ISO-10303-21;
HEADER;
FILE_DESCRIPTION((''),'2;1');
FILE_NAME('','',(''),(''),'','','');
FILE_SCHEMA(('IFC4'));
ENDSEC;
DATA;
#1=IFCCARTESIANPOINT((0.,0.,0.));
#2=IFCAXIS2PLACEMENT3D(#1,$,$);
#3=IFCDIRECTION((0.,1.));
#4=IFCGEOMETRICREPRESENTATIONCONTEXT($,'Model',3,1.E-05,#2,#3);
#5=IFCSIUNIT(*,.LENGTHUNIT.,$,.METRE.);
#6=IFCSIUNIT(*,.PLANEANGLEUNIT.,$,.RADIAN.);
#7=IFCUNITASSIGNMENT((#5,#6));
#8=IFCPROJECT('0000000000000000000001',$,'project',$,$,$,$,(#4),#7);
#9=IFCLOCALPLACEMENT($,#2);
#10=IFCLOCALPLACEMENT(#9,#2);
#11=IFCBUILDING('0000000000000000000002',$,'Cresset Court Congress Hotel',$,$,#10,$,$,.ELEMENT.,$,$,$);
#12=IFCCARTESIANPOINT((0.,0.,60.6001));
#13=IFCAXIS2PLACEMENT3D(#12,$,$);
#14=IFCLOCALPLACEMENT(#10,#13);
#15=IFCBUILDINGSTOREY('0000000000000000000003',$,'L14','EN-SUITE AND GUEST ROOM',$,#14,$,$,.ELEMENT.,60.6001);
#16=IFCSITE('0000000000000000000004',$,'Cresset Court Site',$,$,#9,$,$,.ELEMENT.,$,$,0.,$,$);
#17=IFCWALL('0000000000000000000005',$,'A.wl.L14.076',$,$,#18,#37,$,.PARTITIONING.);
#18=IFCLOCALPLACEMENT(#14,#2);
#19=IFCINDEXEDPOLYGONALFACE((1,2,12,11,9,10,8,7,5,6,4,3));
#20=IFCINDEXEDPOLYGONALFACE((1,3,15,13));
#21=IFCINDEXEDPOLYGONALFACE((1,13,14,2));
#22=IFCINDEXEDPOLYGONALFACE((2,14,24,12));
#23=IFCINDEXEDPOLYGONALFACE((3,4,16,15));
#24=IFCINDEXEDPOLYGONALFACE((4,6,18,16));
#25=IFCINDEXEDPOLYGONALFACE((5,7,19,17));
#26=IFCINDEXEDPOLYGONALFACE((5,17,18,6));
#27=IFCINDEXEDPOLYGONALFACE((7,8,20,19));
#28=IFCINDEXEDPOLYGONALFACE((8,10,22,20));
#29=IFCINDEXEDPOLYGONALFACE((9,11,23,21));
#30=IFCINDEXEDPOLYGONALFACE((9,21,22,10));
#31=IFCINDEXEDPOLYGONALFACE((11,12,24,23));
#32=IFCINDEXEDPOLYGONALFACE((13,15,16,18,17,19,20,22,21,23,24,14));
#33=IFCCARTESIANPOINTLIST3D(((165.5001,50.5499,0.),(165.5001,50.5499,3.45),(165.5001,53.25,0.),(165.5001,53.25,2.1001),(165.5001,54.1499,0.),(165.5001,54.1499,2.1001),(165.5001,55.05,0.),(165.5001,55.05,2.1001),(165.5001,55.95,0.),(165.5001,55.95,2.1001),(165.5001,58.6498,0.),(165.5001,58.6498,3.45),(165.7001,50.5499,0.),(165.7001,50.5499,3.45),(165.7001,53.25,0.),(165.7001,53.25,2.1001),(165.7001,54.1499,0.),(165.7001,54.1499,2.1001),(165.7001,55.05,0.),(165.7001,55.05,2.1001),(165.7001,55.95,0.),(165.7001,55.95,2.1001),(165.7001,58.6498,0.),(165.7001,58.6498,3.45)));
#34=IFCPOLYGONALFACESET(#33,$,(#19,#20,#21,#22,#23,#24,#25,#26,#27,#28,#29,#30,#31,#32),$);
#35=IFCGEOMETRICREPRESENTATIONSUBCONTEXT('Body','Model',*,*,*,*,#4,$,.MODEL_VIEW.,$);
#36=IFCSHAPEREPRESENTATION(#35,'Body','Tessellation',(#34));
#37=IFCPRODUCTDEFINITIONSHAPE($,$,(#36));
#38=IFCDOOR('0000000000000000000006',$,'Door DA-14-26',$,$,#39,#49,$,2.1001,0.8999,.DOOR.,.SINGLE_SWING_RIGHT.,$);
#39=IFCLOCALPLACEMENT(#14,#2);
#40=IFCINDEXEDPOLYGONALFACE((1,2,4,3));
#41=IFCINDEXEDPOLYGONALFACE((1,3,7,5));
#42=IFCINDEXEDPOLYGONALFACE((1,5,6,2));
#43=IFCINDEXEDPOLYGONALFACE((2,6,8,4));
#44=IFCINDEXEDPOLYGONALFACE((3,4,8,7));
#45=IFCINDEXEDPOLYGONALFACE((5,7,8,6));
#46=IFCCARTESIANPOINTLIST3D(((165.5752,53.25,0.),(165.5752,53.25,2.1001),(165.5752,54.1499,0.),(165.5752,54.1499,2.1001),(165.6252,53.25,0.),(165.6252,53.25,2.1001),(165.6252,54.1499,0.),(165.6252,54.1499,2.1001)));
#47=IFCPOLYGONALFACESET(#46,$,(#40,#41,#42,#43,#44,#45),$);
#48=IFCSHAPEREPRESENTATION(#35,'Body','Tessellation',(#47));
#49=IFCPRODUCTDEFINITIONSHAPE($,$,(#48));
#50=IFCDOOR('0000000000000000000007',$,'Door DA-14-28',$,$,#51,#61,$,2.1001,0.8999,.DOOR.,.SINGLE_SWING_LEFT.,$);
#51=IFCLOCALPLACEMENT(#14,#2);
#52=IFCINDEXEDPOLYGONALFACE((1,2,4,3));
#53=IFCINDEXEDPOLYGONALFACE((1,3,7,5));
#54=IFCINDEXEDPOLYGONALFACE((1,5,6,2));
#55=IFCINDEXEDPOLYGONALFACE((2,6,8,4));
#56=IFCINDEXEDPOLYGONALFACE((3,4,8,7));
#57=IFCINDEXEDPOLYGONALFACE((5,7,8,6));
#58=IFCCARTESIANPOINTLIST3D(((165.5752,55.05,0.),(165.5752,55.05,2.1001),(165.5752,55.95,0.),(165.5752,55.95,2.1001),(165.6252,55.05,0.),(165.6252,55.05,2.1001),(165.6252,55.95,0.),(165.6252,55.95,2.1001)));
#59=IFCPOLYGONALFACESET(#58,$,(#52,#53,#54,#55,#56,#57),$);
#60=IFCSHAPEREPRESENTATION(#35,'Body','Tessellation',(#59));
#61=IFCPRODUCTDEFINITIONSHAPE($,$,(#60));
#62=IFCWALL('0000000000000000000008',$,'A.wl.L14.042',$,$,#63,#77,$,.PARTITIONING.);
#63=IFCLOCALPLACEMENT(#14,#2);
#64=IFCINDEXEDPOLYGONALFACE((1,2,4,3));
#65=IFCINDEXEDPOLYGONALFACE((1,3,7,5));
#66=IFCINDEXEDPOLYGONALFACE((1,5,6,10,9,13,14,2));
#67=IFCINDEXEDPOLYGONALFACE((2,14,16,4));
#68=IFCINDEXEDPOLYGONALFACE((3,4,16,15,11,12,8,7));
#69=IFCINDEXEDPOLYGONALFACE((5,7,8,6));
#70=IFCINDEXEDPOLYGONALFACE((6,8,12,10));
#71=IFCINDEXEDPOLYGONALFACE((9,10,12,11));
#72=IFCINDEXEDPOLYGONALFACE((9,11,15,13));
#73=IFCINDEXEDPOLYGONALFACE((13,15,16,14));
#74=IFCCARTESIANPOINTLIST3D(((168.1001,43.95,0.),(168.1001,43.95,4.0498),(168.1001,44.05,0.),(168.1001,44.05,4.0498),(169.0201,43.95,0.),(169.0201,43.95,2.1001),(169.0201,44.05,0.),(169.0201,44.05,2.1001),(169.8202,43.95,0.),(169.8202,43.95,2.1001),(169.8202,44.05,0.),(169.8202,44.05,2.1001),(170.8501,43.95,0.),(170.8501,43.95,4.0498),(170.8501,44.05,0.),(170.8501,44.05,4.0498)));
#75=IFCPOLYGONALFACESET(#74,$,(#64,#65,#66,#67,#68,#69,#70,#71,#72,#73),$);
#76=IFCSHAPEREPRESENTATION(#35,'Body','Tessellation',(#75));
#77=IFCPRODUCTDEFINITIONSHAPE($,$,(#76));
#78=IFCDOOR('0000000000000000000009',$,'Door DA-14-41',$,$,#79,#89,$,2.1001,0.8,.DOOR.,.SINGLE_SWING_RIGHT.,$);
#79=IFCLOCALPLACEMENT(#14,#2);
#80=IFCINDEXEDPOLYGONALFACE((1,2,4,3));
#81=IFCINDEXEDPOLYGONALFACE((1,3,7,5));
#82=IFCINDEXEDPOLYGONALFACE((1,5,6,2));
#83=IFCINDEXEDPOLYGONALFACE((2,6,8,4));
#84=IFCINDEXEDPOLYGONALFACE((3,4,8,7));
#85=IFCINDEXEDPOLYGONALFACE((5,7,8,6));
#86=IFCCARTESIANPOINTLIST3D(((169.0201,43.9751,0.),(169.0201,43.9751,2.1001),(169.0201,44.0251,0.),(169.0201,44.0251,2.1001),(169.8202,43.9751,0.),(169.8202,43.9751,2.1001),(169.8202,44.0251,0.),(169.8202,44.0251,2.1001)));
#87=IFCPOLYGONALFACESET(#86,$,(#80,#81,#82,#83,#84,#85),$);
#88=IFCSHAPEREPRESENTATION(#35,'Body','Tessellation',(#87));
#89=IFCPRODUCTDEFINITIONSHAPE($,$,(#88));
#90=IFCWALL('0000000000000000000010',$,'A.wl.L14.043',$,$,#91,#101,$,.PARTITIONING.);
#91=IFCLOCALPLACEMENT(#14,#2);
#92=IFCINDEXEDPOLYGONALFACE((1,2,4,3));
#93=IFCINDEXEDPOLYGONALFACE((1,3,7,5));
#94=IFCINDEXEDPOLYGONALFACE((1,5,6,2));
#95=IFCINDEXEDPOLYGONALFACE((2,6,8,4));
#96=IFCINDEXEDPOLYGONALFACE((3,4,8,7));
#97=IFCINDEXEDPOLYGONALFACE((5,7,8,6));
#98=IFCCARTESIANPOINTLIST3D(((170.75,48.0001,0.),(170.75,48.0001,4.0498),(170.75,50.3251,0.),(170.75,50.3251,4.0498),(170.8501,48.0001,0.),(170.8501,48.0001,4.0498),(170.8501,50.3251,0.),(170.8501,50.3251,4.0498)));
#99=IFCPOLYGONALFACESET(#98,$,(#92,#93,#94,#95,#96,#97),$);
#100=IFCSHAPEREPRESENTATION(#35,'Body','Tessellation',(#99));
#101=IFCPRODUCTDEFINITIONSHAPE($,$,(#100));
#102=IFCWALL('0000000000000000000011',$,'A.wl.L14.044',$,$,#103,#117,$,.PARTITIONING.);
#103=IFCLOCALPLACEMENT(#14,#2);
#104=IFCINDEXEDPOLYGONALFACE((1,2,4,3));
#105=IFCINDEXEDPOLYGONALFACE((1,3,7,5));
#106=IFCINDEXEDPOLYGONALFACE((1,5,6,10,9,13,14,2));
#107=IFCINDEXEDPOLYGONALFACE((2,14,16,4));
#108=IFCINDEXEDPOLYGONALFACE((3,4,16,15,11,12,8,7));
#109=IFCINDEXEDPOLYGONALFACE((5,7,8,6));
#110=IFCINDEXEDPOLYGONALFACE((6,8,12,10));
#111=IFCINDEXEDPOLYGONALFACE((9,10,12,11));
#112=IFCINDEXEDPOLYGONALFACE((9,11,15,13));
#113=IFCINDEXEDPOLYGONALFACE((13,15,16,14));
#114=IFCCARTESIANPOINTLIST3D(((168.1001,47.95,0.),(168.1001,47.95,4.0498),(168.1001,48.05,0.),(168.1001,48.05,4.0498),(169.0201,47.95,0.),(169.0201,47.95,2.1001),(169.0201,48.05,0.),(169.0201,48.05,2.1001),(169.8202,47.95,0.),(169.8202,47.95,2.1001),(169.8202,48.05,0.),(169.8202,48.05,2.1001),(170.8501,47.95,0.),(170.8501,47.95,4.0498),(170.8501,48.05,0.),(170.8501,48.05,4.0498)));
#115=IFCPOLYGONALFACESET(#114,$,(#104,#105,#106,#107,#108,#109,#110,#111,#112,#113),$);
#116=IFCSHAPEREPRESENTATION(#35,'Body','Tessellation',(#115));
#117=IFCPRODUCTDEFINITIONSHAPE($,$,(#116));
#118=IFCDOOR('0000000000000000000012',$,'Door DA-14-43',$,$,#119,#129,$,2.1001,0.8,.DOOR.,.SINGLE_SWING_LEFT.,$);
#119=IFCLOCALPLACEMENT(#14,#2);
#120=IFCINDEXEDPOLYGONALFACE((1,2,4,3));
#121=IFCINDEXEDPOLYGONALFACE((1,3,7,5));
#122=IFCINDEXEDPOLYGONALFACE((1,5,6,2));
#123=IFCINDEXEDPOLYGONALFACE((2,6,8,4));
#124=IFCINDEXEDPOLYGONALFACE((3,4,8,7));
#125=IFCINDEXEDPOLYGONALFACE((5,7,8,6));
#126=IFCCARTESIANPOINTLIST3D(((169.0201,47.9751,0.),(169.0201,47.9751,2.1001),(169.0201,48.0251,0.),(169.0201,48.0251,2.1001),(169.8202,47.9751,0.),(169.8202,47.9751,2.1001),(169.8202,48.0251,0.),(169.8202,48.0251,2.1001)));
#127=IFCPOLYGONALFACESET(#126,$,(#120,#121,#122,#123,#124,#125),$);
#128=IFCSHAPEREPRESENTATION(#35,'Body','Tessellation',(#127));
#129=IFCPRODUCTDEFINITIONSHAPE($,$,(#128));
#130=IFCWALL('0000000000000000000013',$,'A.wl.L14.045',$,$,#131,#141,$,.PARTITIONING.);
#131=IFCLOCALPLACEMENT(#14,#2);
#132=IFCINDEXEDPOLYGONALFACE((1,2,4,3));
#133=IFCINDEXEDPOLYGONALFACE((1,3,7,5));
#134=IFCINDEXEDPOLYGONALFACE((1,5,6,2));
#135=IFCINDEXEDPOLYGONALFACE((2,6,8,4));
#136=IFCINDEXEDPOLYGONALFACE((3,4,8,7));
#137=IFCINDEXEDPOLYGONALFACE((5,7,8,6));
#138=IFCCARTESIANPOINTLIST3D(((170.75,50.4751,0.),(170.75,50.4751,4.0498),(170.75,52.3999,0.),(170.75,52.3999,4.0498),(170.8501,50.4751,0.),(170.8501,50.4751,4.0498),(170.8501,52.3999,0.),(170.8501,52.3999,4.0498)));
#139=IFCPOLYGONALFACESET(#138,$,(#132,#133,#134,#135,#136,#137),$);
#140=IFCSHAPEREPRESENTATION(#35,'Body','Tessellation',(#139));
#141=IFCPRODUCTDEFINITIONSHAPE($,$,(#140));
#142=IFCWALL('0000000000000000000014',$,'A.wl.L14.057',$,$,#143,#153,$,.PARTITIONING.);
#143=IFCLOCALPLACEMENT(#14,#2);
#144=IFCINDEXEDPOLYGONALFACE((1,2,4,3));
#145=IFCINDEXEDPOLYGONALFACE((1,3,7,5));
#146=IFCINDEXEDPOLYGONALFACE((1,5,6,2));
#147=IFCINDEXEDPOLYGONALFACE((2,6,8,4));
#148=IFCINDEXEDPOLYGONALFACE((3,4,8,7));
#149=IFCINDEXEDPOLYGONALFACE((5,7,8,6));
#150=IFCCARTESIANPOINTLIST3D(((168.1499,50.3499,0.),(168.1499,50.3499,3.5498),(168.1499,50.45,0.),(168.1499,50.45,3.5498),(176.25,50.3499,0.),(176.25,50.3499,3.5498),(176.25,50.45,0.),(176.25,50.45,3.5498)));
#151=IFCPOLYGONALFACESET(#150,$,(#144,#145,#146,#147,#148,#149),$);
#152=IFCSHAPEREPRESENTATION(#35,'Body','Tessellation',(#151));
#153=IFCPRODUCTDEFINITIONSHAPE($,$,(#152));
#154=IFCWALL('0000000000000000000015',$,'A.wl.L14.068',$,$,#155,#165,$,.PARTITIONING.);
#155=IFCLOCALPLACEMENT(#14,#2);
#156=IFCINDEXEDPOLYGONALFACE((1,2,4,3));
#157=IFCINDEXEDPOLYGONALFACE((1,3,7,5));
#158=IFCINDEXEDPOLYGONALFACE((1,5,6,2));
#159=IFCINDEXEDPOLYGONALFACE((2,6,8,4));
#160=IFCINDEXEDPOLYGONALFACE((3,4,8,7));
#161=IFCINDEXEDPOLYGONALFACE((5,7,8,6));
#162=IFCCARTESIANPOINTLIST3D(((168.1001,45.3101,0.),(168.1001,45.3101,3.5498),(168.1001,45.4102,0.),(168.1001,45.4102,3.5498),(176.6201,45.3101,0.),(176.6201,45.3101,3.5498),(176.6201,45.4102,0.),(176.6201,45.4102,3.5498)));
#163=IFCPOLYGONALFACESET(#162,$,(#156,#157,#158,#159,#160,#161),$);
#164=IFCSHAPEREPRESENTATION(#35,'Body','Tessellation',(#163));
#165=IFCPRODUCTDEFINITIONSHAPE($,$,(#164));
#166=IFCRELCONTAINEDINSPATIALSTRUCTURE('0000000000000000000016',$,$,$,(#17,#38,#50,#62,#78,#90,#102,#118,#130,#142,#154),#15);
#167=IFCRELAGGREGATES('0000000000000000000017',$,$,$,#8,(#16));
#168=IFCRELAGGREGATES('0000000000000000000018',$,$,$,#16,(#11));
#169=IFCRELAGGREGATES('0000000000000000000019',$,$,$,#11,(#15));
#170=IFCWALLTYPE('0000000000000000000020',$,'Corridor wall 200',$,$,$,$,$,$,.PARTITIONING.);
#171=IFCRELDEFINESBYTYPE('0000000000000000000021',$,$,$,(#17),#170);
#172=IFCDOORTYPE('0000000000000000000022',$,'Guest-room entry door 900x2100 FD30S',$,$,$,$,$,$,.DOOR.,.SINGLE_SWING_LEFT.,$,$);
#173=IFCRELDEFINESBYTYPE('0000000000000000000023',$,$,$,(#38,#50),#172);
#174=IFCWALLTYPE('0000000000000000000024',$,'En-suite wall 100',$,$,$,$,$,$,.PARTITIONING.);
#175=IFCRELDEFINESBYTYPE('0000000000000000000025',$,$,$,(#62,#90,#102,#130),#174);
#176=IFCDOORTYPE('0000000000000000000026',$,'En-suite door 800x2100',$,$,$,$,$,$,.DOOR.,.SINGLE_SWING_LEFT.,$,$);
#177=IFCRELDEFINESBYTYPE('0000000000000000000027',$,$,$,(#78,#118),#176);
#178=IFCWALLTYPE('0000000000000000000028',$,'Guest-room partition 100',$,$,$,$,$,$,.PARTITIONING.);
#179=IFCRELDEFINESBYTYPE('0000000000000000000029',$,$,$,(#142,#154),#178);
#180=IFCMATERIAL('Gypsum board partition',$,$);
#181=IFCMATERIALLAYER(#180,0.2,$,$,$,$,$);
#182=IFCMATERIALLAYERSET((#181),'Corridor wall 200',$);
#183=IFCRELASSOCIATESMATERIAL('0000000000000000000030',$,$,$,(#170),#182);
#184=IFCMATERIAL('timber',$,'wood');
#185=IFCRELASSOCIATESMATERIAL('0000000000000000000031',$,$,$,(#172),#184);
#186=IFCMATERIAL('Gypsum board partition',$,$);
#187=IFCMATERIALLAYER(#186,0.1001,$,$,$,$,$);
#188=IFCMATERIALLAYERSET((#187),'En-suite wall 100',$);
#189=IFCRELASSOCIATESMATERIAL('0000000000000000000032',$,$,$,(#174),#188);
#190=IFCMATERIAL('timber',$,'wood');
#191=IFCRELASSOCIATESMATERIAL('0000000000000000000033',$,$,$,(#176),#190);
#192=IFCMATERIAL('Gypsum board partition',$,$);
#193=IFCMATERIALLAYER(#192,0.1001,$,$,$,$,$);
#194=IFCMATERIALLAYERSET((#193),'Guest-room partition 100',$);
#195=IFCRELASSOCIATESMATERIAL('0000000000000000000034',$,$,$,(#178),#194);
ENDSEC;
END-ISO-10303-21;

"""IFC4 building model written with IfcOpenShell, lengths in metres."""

from ifc_helpers import new_model, si_unit, direction, frame, frame_2d, origin, place, context, subcontext, project, spatial, rectangle, extrude, material, layer, layer_set, type_object, element, fill, save


model = new_model("IFC4")

# Units and contexts
model_context = context("Model", 3, precision=1e-05, world=origin(), true_north=direction((0.0, 1.0)))
body_context = subcontext(model_context, "Body", "Model", "MODEL_VIEW")
ifc_project = project(units=[si_unit("LENGTHUNIT", "METRE"), si_unit("PLANEANGLEUNIT", "RADIAN")], contexts=[model_context])

# Site, building, storey
site_placement = place(None, origin())
site = spatial("IfcSite", under=ifc_project, at=site_placement, Name="Cresset Court Site", CompositionType="ELEMENT", RefElevation=0.0)
building_placement = place(site_placement, origin())
building = spatial("IfcBuilding", under=site, at=building_placement, Name="Cresset Court Congress Hotel", CompositionType="ELEMENT")
storey_placement = place(building_placement, frame((0.0, 0.0, 60.6001)))
storey = spatial("IfcBuildingStorey", under=building, at=storey_placement, Name="L14", Description="EN-SUITE AND GUEST ROOM", CompositionType="ELEMENT", Elevation=60.6001)

# Wall, openings, doors
ifc_material_1 = material(Name="Gypsum board partition")
ifc_layer_1 = layer(ifc_material_1, 0.2)
ifc_layer_set_1 = layer_set([ifc_layer_1], Name="Corridor wall 200")
wall_type_1 = type_object("IfcWallType", Name="Corridor wall 200", PredefinedType="PARTITIONING", material=ifc_layer_set_1)
wall_1_placement = place(storey_placement, frame((165.6001, 50.55, 0.0), z_axis=(0.0, 0.0, 1.0), x_axis=(0.0, 1.0, 0.0)))
wall_1 = element("IfcWall", 1, at=wall_1_placement, inside=storey, type_object=wall_type_1, Name="A.wl.L14.076", PredefinedType="PARTITIONING", context=body_context, shape_type="SweptSolid", body=[
    extrude(rectangle(XDim=8.0999, YDim=0.2, at=frame_2d((4.0498, 0.0))), origin(), (0.0, 0.0, 1.0), 3.45),
])
opening_1_placement = place(wall_1_placement, frame((2.7, 0.0, 0.0)))
opening_1 = element("IfcOpeningElement", 2, at=opening_1_placement, cuts=wall_1, PredefinedType="OPENING", context=body_context, shape_type="SweptSolid", body=[
    extrude(rectangle(XDim=0.8999, YDim=2.1001, at=frame_2d((0.45, 1.05))), frame((0.0, 0.1099, 0.0), z_axis=(0.0, -1.0, 0.0), x_axis=(1.0, 0.0, 0.0)), (0.0, 0.0, 1.0), 0.22),
])
opening_2_placement = place(wall_1_placement, frame((4.5, 0.0, 0.0)))
opening_2 = element("IfcOpeningElement", 3, at=opening_2_placement, cuts=wall_1, PredefinedType="OPENING", context=body_context, shape_type="SweptSolid", body=[
    extrude(rectangle(XDim=0.8999, YDim=2.1001, at=frame_2d((0.45, 1.05))), frame((0.0, 0.1099, 0.0), z_axis=(0.0, -1.0, 0.0), x_axis=(1.0, 0.0, 0.0)), (0.0, 0.0, 1.0), 0.22),
])
ifc_material_2 = material(Name="timber", Category="wood")
door_type_1 = type_object("IfcDoorType", Name="Guest-room entry door 900x2100 FD30S", OperationType="SINGLE_SWING_LEFT", PredefinedType="DOOR", material=ifc_material_2)
door_1_placement = place(opening_1_placement, origin())
door_1 = element("IfcDoor", 4, at=door_1_placement, inside=storey, type_object=door_type_1, Name="Door DA-14-26", OperationType="SINGLE_SWING_RIGHT", OverallHeight=2.1001, OverallWidth=0.8999, PredefinedType="DOOR", context=body_context, shape_type="SweptSolid", body=[
    extrude(rectangle(XDim=0.8999, YDim=2.1001, at=frame_2d((0.45, 1.05))), frame((0.0, 0.0249, 0.0), z_axis=(0.0, -1.0, 0.0), x_axis=(1.0, 0.0, 0.0)), (0.0, 0.0, 1.0), 0.05),
])
fill(opening_1, door_1)
door_2_placement = place(opening_2_placement, origin())
door_2 = element("IfcDoor", 5, at=door_2_placement, inside=storey, type_object=door_type_1, Name="Door DA-14-28", OperationType="SINGLE_SWING_LEFT", OverallHeight=2.1001, OverallWidth=0.8999, PredefinedType="DOOR", context=body_context, shape_type="SweptSolid", body=[
    extrude(rectangle(XDim=0.8999, YDim=2.1001, at=frame_2d((0.45, 1.05))), frame((0.0, 0.0249, 0.0), z_axis=(0.0, -1.0, 0.0), x_axis=(1.0, 0.0, 0.0)), (0.0, 0.0, 1.0), 0.05),
])
fill(opening_2, door_2)

# Wall, opening, door
ifc_material_3 = material(Name="Gypsum board partition")
ifc_layer_2 = layer(ifc_material_3, 0.1001)
ifc_layer_set_2 = layer_set([ifc_layer_2], Name="En-suite wall 100")
wall_type_2 = type_object("IfcWallType", Name="En-suite wall 100", PredefinedType="PARTITIONING", material=ifc_layer_set_2)
wall_2_placement = place(storey_placement, frame((170.8501, 44.0, 0.0), z_axis=(0.0, 0.0, 1.0), x_axis=(-1.0, 0.0, 0.0)))
wall_2 = element("IfcWall", 6, at=wall_2_placement, inside=storey, type_object=wall_type_2, Name="A.wl.L14.042", PredefinedType="PARTITIONING", context=body_context, shape_type="SweptSolid", body=[
    extrude(rectangle(XDim=2.75, YDim=0.1001, at=frame_2d((1.375, 0.0))), origin(), (0.0, 0.0, 1.0), 4.0498),
])
opening_3_placement = place(wall_2_placement, frame((1.03, 0.0, 0.0)))
opening_3 = element("IfcOpeningElement", 7, at=opening_3_placement, cuts=wall_2, PredefinedType="OPENING", context=body_context, shape_type="SweptSolid", body=[
    extrude(rectangle(XDim=0.8, YDim=2.1001, at=frame_2d((0.3999, 1.05))), frame((0.0, 0.0601, 0.0), z_axis=(0.0, -1.0, 0.0), x_axis=(1.0, 0.0, 0.0)), (0.0, 0.0, 1.0), 0.1201),
])
ifc_material_4 = material(Name="timber", Category="wood")
door_type_2 = type_object("IfcDoorType", Name="En-suite door 800x2100", OperationType="SINGLE_SWING_LEFT", PredefinedType="DOOR", material=ifc_material_4)
door_3_placement = place(opening_3_placement, origin())
door_3 = element("IfcDoor", 8, at=door_3_placement, inside=storey, type_object=door_type_2, Name="Door DA-14-41", OperationType="SINGLE_SWING_RIGHT", OverallHeight=2.1001, OverallWidth=0.8, PredefinedType="DOOR", context=body_context, shape_type="SweptSolid", body=[
    extrude(rectangle(XDim=0.8, YDim=2.1001, at=frame_2d((0.3999, 1.05))), frame((0.0, 0.0249, 0.0), z_axis=(0.0, -1.0, 0.0), x_axis=(1.0, 0.0, 0.0)), (0.0, 0.0, 1.0), 0.05),
])
fill(opening_3, door_3)

# Wall
wall_3_placement = place(storey_placement, frame((170.8, 48.0, 0.0), z_axis=(0.0, 0.0, 1.0), x_axis=(0.0, 1.0, 0.0)))
element("IfcWall", 9, at=wall_3_placement, inside=storey, type_object=wall_type_2, Name="A.wl.L14.043", PredefinedType="PARTITIONING", context=body_context, shape_type="SweptSolid", body=[
    extrude(rectangle(XDim=2.325, YDim=0.1001, at=frame_2d((1.1626, 0.0))), origin(), (0.0, 0.0, 1.0), 4.0498),
])

# Wall, opening, door
wall_4_placement = place(storey_placement, frame((170.8501, 48.0, 0.0), z_axis=(0.0, 0.0, 1.0), x_axis=(-1.0, 0.0, 0.0)))
wall_4 = element("IfcWall", 10, at=wall_4_placement, inside=storey, type_object=wall_type_2, Name="A.wl.L14.044", PredefinedType="PARTITIONING", context=body_context, shape_type="SweptSolid", body=[
    extrude(rectangle(XDim=2.75, YDim=0.1001, at=frame_2d((1.375, 0.0))), origin(), (0.0, 0.0, 1.0), 4.0498),
])
opening_4_placement = place(wall_4_placement, frame((1.03, 0.0, 0.0)))
opening_4 = element("IfcOpeningElement", 11, at=opening_4_placement, cuts=wall_4, PredefinedType="OPENING", context=body_context, shape_type="SweptSolid", body=[
    extrude(rectangle(XDim=0.8, YDim=2.1001, at=frame_2d((0.3999, 1.05))), frame((0.0, 0.0601, 0.0), z_axis=(0.0, -1.0, 0.0), x_axis=(1.0, 0.0, 0.0)), (0.0, 0.0, 1.0), 0.1201),
])
door_4_placement = place(opening_4_placement, origin())
door_4 = element("IfcDoor", 12, at=door_4_placement, inside=storey, type_object=door_type_2, Name="Door DA-14-43", OperationType="SINGLE_SWING_LEFT", OverallHeight=2.1001, OverallWidth=0.8, PredefinedType="DOOR", context=body_context, shape_type="SweptSolid", body=[
    extrude(rectangle(XDim=0.8, YDim=2.1001, at=frame_2d((0.3999, 1.05))), frame((0.0, 0.0249, 0.0), z_axis=(0.0, -1.0, 0.0), x_axis=(1.0, 0.0, 0.0)), (0.0, 0.0, 1.0), 0.05),
])
fill(opening_4, door_4)

# Walls
wall_5_placement = place(storey_placement, frame((170.8, 50.4751, 0.0), z_axis=(0.0, 0.0, 1.0), x_axis=(0.0, 1.0, 0.0)))
element("IfcWall", 13, at=wall_5_placement, inside=storey, type_object=wall_type_2, Name="A.wl.L14.045", PredefinedType="PARTITIONING", context=body_context, shape_type="SweptSolid", body=[
    extrude(rectangle(XDim=1.9248, YDim=0.1001, at=frame_2d((0.9624, 0.0))), origin(), (0.0, 0.0, 1.0), 4.0498),
])
ifc_material_5 = material(Name="Gypsum board partition")
ifc_layer_3 = layer(ifc_material_5, 0.1001)
ifc_layer_set_3 = layer_set([ifc_layer_3], Name="Guest-room partition 100")
wall_type_3 = type_object("IfcWallType", Name="Guest-room partition 100", PredefinedType="PARTITIONING", material=ifc_layer_set_3)
wall_6_placement = place(storey_placement, frame((168.1499, 50.3999, 0.0), z_axis=(0.0, 0.0, 1.0), x_axis=(1.0, 0.0, 0.0)))
element("IfcWall", 14, at=wall_6_placement, inside=storey, type_object=wall_type_3, Name="A.wl.L14.057", PredefinedType="PARTITIONING", context=body_context, shape_type="SweptSolid", body=[
    extrude(rectangle(XDim=8.1001, YDim=0.1001, at=frame_2d((4.05, 0.0))), origin(), (0.0, 0.0, 1.0), 3.5498),
])
wall_7_placement = place(storey_placement, frame((168.1001, 45.3601, 0.0), z_axis=(0.0, 0.0, 1.0), x_axis=(1.0, 0.0, 0.0)))
element("IfcWall", 15, at=wall_7_placement, inside=storey, type_object=wall_type_3, Name="A.wl.L14.068", PredefinedType="PARTITIONING", context=body_context, shape_type="SweptSolid", body=[
    extrude(rectangle(XDim=8.52, YDim=0.1001, at=frame_2d((4.26, 0.0))), origin(), (0.0, 0.0, 1.0), 3.5498),
])

save(model, "model.ifc")
